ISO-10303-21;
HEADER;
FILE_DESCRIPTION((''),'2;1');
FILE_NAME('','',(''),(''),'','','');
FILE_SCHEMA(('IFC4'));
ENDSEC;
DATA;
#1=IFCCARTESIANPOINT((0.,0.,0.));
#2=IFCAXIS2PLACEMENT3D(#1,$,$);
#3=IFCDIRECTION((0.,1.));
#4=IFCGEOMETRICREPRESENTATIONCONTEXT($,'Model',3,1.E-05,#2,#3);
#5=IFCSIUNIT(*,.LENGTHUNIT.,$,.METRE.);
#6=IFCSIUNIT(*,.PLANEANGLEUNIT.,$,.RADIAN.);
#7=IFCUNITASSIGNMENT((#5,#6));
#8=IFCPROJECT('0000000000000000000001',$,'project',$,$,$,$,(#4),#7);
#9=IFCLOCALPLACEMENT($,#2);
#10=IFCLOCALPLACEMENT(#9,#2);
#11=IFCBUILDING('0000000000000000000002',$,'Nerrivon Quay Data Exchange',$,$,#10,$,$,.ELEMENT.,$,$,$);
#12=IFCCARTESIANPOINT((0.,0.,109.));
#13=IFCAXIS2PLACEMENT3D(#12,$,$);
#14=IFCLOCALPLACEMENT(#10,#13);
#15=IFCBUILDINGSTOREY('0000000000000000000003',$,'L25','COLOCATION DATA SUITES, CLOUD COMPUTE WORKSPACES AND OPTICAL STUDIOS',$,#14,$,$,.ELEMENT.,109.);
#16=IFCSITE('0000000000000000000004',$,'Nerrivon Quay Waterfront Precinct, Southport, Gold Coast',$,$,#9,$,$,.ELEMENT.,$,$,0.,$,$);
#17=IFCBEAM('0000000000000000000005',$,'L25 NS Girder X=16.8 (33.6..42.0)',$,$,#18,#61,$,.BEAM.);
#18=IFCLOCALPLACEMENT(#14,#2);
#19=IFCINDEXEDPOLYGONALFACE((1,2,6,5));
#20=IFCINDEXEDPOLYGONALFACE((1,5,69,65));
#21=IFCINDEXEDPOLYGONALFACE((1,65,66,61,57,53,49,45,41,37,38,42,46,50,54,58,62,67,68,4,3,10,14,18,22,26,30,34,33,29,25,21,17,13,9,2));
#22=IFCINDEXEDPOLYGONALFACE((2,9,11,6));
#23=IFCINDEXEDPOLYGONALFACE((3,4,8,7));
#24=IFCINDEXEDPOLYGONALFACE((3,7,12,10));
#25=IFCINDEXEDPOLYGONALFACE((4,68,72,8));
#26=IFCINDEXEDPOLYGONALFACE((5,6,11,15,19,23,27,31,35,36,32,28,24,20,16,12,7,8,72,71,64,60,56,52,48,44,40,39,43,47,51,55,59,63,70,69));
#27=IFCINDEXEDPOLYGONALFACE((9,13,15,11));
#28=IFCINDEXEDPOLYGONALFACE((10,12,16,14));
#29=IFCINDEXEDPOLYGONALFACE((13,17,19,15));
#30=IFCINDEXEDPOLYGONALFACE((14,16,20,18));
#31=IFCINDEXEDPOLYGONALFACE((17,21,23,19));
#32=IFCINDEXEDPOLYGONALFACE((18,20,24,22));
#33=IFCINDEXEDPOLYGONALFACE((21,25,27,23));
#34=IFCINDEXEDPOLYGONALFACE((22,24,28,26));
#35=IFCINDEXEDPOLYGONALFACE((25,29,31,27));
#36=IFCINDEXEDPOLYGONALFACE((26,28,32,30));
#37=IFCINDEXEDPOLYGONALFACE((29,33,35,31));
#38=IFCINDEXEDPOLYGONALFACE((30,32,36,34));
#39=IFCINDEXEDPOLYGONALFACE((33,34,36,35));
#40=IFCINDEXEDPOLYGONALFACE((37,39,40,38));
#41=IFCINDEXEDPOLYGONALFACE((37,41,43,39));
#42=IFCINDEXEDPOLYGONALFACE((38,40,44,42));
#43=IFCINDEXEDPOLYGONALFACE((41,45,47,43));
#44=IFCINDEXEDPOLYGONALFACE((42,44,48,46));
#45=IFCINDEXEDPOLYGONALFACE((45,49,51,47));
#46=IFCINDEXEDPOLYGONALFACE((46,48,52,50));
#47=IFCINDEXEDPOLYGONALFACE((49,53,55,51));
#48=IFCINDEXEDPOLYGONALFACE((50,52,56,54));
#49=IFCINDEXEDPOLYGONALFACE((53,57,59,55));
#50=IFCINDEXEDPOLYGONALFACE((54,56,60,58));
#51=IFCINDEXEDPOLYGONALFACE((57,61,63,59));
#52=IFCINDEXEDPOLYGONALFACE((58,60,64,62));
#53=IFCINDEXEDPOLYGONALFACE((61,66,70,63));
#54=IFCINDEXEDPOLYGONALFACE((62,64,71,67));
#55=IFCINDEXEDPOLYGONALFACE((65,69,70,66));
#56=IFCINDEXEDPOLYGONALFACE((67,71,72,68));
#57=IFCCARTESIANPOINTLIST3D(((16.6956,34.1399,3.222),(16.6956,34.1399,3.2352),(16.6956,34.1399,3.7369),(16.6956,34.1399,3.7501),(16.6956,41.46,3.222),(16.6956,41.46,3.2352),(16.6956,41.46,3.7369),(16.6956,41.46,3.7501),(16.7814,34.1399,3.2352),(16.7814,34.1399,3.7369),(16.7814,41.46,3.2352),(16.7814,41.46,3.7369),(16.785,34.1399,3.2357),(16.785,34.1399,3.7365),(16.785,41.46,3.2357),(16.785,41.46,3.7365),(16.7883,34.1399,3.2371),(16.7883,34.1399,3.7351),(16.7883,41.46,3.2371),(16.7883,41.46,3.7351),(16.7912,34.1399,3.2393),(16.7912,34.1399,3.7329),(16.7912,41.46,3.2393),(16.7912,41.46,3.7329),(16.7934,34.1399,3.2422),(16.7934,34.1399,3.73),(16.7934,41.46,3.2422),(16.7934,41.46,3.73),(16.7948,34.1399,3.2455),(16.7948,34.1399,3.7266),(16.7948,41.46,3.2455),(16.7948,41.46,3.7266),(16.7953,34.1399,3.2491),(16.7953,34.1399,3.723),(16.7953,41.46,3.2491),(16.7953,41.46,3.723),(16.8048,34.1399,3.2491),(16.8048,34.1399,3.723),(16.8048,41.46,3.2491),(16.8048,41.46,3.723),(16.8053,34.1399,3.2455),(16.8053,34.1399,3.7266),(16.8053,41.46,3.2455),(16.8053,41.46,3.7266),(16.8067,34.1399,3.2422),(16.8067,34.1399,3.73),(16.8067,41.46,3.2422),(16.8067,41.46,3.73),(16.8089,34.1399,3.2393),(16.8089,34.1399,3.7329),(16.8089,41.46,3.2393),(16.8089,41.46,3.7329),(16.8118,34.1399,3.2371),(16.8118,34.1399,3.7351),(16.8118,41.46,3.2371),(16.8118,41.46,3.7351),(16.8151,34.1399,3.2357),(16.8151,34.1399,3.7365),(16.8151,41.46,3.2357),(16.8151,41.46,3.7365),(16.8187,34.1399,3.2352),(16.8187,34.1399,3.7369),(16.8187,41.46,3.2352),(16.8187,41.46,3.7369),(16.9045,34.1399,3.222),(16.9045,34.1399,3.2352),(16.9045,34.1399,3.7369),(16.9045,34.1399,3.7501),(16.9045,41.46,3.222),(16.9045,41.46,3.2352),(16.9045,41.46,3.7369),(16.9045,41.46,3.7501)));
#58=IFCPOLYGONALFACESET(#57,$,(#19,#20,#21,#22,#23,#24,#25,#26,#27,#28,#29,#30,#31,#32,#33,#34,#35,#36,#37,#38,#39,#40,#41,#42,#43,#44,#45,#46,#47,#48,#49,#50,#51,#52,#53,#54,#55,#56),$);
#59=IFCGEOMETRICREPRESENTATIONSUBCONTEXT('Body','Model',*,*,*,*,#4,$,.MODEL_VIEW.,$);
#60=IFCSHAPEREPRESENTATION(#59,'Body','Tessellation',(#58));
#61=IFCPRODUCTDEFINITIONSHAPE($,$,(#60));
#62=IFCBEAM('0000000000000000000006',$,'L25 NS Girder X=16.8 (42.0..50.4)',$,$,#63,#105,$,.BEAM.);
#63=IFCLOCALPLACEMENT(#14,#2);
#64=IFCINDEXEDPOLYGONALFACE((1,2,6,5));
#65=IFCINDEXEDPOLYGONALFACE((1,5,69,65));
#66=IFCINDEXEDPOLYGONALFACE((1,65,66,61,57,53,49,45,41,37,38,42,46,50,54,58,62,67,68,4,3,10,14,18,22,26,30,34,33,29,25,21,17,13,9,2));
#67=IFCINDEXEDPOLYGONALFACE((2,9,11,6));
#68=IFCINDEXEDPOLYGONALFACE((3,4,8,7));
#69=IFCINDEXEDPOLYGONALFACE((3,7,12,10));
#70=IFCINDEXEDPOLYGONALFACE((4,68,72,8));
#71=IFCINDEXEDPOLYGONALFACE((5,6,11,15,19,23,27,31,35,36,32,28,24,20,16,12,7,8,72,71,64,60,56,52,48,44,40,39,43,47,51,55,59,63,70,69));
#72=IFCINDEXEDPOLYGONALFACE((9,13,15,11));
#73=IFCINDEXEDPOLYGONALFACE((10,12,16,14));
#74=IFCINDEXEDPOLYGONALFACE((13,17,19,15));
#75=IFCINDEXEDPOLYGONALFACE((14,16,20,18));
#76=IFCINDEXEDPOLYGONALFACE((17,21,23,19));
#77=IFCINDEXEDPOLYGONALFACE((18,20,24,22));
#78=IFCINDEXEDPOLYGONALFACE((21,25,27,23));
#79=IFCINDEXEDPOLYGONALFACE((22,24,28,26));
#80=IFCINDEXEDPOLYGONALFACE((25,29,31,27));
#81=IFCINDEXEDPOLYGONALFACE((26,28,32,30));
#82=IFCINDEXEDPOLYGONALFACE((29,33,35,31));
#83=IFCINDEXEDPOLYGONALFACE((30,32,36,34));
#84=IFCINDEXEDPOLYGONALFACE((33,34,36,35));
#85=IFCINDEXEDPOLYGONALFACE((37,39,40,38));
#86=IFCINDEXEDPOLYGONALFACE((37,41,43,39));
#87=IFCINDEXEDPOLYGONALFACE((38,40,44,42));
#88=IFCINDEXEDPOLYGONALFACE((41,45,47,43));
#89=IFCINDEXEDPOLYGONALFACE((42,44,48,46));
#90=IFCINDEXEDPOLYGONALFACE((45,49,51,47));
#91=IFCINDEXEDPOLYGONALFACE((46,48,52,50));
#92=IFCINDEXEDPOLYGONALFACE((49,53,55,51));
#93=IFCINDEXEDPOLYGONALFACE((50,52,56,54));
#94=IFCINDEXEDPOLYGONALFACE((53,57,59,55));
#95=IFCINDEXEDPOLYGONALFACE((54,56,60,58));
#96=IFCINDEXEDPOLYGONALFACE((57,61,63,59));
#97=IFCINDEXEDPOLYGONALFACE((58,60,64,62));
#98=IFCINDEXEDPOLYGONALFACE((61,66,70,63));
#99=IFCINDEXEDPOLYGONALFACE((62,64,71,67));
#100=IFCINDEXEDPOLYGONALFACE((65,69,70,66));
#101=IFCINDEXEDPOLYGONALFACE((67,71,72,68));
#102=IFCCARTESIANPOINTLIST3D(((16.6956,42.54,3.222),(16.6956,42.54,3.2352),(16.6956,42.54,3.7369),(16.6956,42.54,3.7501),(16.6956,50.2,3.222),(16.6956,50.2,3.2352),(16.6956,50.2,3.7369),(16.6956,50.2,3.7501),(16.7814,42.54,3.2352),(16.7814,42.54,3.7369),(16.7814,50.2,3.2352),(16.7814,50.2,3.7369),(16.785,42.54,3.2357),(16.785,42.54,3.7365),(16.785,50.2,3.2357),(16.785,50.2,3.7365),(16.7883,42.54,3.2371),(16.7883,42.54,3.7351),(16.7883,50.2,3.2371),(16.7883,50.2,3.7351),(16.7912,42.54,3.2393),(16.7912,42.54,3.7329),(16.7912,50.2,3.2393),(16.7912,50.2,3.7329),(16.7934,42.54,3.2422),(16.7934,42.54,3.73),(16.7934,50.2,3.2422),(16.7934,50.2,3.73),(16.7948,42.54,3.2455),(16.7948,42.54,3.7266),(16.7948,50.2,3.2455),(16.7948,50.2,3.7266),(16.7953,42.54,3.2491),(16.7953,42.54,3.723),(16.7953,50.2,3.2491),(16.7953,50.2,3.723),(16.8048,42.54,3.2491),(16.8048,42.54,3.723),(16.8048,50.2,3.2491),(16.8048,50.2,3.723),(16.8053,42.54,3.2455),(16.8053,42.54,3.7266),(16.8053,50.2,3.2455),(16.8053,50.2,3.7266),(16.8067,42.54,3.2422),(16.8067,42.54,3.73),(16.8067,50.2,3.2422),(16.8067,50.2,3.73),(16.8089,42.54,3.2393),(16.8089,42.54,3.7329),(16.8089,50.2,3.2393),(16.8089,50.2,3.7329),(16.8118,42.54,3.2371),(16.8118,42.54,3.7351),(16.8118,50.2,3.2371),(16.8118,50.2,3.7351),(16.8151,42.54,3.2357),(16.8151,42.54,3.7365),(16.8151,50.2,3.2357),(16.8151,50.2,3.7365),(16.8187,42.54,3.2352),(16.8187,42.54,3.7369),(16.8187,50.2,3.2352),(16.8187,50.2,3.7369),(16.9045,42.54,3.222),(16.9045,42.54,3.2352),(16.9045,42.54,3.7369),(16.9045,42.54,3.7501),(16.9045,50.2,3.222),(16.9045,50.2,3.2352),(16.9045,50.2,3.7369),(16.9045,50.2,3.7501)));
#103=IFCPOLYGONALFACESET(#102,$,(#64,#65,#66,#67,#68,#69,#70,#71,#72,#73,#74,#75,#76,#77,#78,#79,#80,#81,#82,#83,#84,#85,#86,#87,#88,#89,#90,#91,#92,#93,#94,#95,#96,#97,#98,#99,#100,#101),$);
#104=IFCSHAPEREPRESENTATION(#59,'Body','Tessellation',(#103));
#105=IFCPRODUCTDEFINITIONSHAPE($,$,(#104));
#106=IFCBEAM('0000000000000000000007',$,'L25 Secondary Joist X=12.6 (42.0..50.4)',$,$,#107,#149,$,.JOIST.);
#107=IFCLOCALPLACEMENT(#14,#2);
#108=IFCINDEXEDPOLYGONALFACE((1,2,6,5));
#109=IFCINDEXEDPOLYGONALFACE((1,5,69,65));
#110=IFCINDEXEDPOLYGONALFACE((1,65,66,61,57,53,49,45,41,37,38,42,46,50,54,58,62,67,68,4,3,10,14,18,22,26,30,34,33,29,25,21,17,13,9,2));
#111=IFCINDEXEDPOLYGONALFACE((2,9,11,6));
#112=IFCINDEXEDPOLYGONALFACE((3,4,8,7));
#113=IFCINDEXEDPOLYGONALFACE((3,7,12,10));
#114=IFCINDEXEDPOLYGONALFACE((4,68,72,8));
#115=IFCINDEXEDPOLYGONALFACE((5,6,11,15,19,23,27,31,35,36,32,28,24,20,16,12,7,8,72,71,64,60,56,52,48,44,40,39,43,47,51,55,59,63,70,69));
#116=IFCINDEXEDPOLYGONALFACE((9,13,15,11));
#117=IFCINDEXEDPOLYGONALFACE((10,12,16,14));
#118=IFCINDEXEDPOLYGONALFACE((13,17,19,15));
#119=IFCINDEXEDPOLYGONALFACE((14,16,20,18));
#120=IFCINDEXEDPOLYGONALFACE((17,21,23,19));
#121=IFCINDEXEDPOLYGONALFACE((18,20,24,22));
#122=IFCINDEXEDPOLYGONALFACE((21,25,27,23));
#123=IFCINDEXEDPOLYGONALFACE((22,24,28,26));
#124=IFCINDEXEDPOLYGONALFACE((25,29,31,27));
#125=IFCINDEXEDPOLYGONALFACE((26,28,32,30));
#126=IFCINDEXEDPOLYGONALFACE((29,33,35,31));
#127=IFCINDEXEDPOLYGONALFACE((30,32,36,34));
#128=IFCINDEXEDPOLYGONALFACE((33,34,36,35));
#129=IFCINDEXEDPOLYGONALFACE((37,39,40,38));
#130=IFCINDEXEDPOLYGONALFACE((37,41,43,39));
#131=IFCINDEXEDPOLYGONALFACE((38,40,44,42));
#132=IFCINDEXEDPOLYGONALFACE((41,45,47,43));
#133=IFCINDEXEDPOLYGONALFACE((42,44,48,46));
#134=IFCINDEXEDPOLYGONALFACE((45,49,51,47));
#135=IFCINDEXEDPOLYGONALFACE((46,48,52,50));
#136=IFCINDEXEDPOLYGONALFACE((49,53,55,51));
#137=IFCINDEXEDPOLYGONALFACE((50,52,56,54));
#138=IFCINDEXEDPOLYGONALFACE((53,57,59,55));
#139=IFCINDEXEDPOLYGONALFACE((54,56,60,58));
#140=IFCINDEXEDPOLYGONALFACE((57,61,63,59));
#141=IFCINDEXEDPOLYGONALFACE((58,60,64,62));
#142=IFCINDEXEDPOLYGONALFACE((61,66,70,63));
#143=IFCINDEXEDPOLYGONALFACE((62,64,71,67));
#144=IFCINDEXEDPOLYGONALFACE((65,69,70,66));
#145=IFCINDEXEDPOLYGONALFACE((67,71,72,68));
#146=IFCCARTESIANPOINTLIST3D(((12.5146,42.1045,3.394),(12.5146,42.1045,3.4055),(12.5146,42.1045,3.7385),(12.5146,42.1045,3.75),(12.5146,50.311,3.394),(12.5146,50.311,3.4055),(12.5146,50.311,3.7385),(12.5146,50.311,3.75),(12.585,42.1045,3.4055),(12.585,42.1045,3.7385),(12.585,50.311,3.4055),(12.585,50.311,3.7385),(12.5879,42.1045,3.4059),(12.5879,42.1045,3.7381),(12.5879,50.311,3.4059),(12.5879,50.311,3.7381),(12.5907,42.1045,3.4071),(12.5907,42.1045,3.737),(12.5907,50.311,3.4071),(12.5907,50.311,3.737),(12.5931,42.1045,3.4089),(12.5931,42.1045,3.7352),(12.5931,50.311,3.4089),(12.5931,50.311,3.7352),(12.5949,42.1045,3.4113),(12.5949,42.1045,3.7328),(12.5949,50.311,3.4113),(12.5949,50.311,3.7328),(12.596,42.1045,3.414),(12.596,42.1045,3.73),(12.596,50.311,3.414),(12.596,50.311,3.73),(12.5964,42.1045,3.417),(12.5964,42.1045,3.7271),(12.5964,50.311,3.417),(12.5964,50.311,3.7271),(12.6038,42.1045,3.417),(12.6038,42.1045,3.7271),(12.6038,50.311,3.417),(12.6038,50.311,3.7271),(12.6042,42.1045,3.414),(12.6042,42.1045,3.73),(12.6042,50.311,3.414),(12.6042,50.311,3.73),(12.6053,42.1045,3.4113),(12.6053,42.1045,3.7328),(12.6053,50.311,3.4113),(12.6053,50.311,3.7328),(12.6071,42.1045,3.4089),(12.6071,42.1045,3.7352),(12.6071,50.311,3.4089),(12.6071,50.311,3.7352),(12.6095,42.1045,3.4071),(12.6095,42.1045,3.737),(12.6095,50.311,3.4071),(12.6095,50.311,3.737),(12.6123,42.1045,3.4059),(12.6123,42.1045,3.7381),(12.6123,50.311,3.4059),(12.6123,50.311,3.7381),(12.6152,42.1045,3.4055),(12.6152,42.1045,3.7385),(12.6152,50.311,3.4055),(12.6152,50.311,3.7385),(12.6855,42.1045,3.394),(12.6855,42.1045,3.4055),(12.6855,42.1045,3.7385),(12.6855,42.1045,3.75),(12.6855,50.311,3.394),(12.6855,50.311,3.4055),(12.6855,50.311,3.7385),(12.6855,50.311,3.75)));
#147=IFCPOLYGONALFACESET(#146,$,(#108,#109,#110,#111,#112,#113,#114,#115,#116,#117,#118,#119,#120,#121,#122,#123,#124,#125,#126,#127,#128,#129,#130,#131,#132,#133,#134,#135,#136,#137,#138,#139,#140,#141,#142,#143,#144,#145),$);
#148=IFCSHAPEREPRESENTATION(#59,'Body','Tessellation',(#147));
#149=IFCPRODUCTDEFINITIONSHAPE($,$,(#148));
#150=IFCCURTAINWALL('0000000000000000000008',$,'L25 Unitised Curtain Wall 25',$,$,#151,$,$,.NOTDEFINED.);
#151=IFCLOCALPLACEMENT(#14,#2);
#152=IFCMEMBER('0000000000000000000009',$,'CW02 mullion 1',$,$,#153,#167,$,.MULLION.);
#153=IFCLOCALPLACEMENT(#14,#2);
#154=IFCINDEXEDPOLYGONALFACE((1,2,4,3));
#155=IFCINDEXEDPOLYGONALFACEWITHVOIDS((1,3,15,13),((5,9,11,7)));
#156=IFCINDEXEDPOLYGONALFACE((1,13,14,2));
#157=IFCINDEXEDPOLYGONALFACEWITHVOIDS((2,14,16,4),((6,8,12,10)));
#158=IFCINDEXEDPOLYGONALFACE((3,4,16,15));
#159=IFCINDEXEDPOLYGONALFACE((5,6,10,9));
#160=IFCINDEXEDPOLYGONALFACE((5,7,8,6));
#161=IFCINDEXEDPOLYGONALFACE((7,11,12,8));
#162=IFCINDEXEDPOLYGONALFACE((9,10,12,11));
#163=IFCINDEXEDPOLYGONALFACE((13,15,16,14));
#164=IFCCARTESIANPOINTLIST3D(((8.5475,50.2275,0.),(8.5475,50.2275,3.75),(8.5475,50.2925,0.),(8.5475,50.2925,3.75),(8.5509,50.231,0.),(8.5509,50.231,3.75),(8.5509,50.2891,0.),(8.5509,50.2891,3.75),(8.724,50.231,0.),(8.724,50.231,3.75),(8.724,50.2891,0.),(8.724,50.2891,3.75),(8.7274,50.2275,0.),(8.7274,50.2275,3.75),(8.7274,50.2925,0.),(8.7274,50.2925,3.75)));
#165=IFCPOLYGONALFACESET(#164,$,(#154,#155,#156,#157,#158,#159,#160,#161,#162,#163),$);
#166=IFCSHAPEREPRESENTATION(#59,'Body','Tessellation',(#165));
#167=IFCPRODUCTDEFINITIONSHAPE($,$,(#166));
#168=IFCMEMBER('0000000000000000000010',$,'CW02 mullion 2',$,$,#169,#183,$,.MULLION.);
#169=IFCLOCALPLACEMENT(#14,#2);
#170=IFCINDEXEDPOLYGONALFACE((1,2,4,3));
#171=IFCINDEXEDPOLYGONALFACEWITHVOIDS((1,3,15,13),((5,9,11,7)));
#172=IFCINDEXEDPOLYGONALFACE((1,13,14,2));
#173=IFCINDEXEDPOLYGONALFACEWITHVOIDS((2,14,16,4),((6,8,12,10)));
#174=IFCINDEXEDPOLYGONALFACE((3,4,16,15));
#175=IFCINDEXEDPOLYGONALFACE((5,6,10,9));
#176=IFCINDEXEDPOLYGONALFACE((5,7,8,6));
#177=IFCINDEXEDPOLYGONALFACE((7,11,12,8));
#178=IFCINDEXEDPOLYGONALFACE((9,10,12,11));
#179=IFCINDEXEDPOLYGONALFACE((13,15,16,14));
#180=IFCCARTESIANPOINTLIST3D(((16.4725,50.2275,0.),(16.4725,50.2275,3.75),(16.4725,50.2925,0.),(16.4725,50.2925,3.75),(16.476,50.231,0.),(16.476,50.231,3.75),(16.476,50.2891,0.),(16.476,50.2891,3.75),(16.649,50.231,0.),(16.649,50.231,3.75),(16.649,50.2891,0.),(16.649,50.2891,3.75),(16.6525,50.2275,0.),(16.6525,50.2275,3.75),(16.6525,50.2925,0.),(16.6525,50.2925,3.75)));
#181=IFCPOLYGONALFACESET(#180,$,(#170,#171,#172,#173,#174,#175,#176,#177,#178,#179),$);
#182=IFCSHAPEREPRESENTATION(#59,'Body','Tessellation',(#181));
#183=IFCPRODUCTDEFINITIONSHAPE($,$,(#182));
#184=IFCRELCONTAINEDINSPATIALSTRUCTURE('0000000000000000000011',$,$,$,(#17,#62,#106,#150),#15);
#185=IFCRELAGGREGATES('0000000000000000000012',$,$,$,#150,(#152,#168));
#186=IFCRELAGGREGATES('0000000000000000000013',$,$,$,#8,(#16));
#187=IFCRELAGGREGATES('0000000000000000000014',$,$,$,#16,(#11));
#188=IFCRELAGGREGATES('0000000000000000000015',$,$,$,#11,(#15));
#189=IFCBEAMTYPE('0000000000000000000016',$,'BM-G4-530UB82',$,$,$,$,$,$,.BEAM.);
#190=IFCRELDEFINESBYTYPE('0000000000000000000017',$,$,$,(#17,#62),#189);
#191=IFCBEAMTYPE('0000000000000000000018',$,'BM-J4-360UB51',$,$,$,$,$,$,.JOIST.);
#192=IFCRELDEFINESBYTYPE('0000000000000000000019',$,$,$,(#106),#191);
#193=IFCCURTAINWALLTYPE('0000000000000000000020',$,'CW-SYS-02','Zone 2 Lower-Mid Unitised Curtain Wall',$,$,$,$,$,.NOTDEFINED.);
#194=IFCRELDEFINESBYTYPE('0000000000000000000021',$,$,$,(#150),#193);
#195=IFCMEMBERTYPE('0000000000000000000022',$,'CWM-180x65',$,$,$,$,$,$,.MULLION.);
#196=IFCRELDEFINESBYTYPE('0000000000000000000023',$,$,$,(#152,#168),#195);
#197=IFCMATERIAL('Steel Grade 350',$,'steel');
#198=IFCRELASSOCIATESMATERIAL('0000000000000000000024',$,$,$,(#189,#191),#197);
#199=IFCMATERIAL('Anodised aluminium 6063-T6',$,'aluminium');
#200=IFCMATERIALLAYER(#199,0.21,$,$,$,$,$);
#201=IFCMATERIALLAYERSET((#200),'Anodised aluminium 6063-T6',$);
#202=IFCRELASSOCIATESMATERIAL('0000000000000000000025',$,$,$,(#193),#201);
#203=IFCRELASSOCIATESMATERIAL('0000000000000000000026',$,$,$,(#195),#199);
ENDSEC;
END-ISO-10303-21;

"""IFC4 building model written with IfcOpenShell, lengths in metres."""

from ifc_helpers import new_model, si_unit, direction, frame, origin, origin_2d, place, context, subcontext, project, spatial, hollow_rectangle, i_section, extrude, material, layer, layer_set, material_profile, profile_set, type_object, element, aggregate, save


model = new_model("IFC4")

# Units and contexts
model_context = context("Model", 3, precision=1e-05, world=origin(), true_north=direction((0.0, 1.0)))
body_context = subcontext(model_context, "Body", "Model", "MODEL_VIEW")
ifc_project = project(units=[si_unit("LENGTHUNIT", "METRE"), si_unit("PLANEANGLEUNIT", "RADIAN")], contexts=[model_context])

# Site, building, storey
site_placement = place(None, origin())
site = spatial("IfcSite", under=ifc_project, at=site_placement, Name="Nerrivon Quay Waterfront Precinct, Southport, Gold Coast", CompositionType="ELEMENT", RefElevation=0.0)
building_placement = place(site_placement, origin())
building = spatial("IfcBuilding", under=site, at=building_placement, Name="Nerrivon Quay Data Exchange", CompositionType="ELEMENT")
storey_placement = place(building_placement, frame((0.0, 0.0, 109.0)))
storey = spatial("IfcBuildingStorey", under=building, at=storey_placement, Name="L25", Description="COLOCATION DATA SUITES, CLOUD COMPUTE WORKSPACES AND OPTICAL STUDIOS", CompositionType="ELEMENT", Elevation=109.0)

# Shared definitions
ifc_material_1 = material(Name="Steel Grade 350", Category="steel")

# Beams
ifc_material_profile_1 = material_profile(ifc_material_1, i_section(OverallWidth=0.209, OverallDepth=0.5281, WebThickness=0.0095, FlangeThickness=0.0132, FilletRadius=0.0139, at=origin_2d()), Name="530UB82.0")
ifc_profile_set_1 = profile_set([ifc_material_profile_1], Name="Steel Grade 350")
beam_type_1 = type_object("IfcBeamType", Name="BM-G4-530UB82", PredefinedType="BEAM", material=ifc_profile_set_1)
beam_1_placement = place(storey_placement, frame((16.8, 34.1399, 3.4861), z_axis=(0.0, 1.0, 0.0), x_axis=(-1.0, 0.0, 0.0)))
element("IfcBeam", 1, at=beam_1_placement, inside=storey, type_object=beam_type_1, Name="L25 NS Girder X=16.8 (33.6..42.0)", PredefinedType="BEAM", context=body_context, shape_type="SweptSolid", body=[
    extrude(i_section(OverallWidth=0.209, OverallDepth=0.5281, WebThickness=0.0095, FlangeThickness=0.0132, FilletRadius=0.0139, at=origin_2d()), origin(), (0.0, 0.0, 1.0), 7.3201),
])
beam_2_placement = place(storey_placement, frame((16.8, 42.54, 3.4861), z_axis=(0.0, 1.0, 0.0), x_axis=(-1.0, 0.0, 0.0)))
element("IfcBeam", 2, at=beam_2_placement, inside=storey, type_object=beam_type_1, Name="L25 NS Girder X=16.8 (42.0..50.4)", PredefinedType="BEAM", context=body_context, shape_type="SweptSolid", body=[
    extrude(i_section(OverallWidth=0.209, OverallDepth=0.5281, WebThickness=0.0095, FlangeThickness=0.0132, FilletRadius=0.0139, at=origin_2d()), origin(), (0.0, 0.0, 1.0), 7.6599),
])
ifc_material_profile_2 = material_profile(ifc_material_1, i_section(OverallWidth=0.1709, OverallDepth=0.356, WebThickness=0.0073, FlangeThickness=0.0115, FilletRadius=0.0115, at=origin_2d()), Name="360UB50.7")
ifc_profile_set_2 = profile_set([ifc_material_profile_2], Name="Steel Grade 350")
beam_type_2 = type_object("IfcBeamType", Name="BM-J4-360UB51", PredefinedType="JOIST", material=ifc_profile_set_2)
beam_3_placement = place(storey_placement, frame((12.6001, 42.1045, 3.572), z_axis=(0.0, 1.0, 0.0), x_axis=(-1.0, 0.0, 0.0)))
element("IfcBeam", 3, at=beam_3_placement, inside=storey, type_object=beam_type_2, Name="L25 Secondary Joist X=12.6 (42.0..50.4)", PredefinedType="JOIST", context=body_context, shape_type="SweptSolid", body=[
    extrude(i_section(OverallWidth=0.1709, OverallDepth=0.356, WebThickness=0.0073, FlangeThickness=0.0115, FilletRadius=0.0115, at=origin_2d()), origin(), (0.0, 0.0, 1.0), 8.2065),
])

# Curtain wall, members
ifc_material_2 = material(Name="Anodised aluminium 6063-T6", Category="aluminium")
ifc_layer_1 = layer(ifc_material_2, 0.21)
ifc_layer_set_1 = layer_set([ifc_layer_1], Name="Anodised aluminium 6063-T6")
curtain_wall_type = type_object("IfcCurtainWallType", Name="CW-SYS-02", Description="Zone 2 Lower-Mid Unitised Curtain Wall", PredefinedType="NOTDEFINED", material=ifc_layer_set_1)
curtain_wall_1_placement = place(storey_placement, origin())
curtain_wall_1 = element("IfcCurtainWall", 4, at=curtain_wall_1_placement, inside=storey, type_object=curtain_wall_type, Name="L25 Unitised Curtain Wall 25", PredefinedType="NOTDEFINED")
ifc_material_profile_3 = material_profile(ifc_material_2, hollow_rectangle(XDim=0.0649, YDim=0.1799, WallThickness=0.0034, at=origin_2d()), Name="ALU-MULL-180x65")
ifc_profile_set_3 = profile_set([ifc_material_profile_3], Name="Anodised aluminium 6063-T6")
member_type_1 = type_object("IfcMemberType", Name="CWM-180x65", PredefinedType="MULLION", material=ifc_profile_set_3)
member_1_placement = place(storey_placement, frame((8.6375, 50.26, 0.0), z_axis=(0.0, 0.0, 1.0), x_axis=(0.0, 1.0, 0.0)))
member_1 = element("IfcMember", 5, at=member_1_placement, type_object=member_type_1, Name="CW02 mullion 1", PredefinedType="MULLION", context=body_context, shape_type="SweptSolid", body=[
    extrude(hollow_rectangle(XDim=0.0649, YDim=0.1799, WallThickness=0.0034, at=origin_2d()), origin(), (0.0, 0.0, 1.0), 3.75),
])
member_2_placement = place(storey_placement, frame((16.5625, 50.26, 0.0), z_axis=(0.0, 0.0, 1.0), x_axis=(0.0, 1.0, 0.0)))
member_2 = element("IfcMember", 6, at=member_2_placement, type_object=member_type_1, Name="CW02 mullion 2", PredefinedType="MULLION", context=body_context, shape_type="SweptSolid", body=[
    extrude(hollow_rectangle(XDim=0.0649, YDim=0.1799, WallThickness=0.0034, at=origin_2d()), origin(), (0.0, 0.0, 1.0), 3.75),
])

aggregate(curtain_wall_1, [member_1, member_2])

save(model, "model.ifc")
